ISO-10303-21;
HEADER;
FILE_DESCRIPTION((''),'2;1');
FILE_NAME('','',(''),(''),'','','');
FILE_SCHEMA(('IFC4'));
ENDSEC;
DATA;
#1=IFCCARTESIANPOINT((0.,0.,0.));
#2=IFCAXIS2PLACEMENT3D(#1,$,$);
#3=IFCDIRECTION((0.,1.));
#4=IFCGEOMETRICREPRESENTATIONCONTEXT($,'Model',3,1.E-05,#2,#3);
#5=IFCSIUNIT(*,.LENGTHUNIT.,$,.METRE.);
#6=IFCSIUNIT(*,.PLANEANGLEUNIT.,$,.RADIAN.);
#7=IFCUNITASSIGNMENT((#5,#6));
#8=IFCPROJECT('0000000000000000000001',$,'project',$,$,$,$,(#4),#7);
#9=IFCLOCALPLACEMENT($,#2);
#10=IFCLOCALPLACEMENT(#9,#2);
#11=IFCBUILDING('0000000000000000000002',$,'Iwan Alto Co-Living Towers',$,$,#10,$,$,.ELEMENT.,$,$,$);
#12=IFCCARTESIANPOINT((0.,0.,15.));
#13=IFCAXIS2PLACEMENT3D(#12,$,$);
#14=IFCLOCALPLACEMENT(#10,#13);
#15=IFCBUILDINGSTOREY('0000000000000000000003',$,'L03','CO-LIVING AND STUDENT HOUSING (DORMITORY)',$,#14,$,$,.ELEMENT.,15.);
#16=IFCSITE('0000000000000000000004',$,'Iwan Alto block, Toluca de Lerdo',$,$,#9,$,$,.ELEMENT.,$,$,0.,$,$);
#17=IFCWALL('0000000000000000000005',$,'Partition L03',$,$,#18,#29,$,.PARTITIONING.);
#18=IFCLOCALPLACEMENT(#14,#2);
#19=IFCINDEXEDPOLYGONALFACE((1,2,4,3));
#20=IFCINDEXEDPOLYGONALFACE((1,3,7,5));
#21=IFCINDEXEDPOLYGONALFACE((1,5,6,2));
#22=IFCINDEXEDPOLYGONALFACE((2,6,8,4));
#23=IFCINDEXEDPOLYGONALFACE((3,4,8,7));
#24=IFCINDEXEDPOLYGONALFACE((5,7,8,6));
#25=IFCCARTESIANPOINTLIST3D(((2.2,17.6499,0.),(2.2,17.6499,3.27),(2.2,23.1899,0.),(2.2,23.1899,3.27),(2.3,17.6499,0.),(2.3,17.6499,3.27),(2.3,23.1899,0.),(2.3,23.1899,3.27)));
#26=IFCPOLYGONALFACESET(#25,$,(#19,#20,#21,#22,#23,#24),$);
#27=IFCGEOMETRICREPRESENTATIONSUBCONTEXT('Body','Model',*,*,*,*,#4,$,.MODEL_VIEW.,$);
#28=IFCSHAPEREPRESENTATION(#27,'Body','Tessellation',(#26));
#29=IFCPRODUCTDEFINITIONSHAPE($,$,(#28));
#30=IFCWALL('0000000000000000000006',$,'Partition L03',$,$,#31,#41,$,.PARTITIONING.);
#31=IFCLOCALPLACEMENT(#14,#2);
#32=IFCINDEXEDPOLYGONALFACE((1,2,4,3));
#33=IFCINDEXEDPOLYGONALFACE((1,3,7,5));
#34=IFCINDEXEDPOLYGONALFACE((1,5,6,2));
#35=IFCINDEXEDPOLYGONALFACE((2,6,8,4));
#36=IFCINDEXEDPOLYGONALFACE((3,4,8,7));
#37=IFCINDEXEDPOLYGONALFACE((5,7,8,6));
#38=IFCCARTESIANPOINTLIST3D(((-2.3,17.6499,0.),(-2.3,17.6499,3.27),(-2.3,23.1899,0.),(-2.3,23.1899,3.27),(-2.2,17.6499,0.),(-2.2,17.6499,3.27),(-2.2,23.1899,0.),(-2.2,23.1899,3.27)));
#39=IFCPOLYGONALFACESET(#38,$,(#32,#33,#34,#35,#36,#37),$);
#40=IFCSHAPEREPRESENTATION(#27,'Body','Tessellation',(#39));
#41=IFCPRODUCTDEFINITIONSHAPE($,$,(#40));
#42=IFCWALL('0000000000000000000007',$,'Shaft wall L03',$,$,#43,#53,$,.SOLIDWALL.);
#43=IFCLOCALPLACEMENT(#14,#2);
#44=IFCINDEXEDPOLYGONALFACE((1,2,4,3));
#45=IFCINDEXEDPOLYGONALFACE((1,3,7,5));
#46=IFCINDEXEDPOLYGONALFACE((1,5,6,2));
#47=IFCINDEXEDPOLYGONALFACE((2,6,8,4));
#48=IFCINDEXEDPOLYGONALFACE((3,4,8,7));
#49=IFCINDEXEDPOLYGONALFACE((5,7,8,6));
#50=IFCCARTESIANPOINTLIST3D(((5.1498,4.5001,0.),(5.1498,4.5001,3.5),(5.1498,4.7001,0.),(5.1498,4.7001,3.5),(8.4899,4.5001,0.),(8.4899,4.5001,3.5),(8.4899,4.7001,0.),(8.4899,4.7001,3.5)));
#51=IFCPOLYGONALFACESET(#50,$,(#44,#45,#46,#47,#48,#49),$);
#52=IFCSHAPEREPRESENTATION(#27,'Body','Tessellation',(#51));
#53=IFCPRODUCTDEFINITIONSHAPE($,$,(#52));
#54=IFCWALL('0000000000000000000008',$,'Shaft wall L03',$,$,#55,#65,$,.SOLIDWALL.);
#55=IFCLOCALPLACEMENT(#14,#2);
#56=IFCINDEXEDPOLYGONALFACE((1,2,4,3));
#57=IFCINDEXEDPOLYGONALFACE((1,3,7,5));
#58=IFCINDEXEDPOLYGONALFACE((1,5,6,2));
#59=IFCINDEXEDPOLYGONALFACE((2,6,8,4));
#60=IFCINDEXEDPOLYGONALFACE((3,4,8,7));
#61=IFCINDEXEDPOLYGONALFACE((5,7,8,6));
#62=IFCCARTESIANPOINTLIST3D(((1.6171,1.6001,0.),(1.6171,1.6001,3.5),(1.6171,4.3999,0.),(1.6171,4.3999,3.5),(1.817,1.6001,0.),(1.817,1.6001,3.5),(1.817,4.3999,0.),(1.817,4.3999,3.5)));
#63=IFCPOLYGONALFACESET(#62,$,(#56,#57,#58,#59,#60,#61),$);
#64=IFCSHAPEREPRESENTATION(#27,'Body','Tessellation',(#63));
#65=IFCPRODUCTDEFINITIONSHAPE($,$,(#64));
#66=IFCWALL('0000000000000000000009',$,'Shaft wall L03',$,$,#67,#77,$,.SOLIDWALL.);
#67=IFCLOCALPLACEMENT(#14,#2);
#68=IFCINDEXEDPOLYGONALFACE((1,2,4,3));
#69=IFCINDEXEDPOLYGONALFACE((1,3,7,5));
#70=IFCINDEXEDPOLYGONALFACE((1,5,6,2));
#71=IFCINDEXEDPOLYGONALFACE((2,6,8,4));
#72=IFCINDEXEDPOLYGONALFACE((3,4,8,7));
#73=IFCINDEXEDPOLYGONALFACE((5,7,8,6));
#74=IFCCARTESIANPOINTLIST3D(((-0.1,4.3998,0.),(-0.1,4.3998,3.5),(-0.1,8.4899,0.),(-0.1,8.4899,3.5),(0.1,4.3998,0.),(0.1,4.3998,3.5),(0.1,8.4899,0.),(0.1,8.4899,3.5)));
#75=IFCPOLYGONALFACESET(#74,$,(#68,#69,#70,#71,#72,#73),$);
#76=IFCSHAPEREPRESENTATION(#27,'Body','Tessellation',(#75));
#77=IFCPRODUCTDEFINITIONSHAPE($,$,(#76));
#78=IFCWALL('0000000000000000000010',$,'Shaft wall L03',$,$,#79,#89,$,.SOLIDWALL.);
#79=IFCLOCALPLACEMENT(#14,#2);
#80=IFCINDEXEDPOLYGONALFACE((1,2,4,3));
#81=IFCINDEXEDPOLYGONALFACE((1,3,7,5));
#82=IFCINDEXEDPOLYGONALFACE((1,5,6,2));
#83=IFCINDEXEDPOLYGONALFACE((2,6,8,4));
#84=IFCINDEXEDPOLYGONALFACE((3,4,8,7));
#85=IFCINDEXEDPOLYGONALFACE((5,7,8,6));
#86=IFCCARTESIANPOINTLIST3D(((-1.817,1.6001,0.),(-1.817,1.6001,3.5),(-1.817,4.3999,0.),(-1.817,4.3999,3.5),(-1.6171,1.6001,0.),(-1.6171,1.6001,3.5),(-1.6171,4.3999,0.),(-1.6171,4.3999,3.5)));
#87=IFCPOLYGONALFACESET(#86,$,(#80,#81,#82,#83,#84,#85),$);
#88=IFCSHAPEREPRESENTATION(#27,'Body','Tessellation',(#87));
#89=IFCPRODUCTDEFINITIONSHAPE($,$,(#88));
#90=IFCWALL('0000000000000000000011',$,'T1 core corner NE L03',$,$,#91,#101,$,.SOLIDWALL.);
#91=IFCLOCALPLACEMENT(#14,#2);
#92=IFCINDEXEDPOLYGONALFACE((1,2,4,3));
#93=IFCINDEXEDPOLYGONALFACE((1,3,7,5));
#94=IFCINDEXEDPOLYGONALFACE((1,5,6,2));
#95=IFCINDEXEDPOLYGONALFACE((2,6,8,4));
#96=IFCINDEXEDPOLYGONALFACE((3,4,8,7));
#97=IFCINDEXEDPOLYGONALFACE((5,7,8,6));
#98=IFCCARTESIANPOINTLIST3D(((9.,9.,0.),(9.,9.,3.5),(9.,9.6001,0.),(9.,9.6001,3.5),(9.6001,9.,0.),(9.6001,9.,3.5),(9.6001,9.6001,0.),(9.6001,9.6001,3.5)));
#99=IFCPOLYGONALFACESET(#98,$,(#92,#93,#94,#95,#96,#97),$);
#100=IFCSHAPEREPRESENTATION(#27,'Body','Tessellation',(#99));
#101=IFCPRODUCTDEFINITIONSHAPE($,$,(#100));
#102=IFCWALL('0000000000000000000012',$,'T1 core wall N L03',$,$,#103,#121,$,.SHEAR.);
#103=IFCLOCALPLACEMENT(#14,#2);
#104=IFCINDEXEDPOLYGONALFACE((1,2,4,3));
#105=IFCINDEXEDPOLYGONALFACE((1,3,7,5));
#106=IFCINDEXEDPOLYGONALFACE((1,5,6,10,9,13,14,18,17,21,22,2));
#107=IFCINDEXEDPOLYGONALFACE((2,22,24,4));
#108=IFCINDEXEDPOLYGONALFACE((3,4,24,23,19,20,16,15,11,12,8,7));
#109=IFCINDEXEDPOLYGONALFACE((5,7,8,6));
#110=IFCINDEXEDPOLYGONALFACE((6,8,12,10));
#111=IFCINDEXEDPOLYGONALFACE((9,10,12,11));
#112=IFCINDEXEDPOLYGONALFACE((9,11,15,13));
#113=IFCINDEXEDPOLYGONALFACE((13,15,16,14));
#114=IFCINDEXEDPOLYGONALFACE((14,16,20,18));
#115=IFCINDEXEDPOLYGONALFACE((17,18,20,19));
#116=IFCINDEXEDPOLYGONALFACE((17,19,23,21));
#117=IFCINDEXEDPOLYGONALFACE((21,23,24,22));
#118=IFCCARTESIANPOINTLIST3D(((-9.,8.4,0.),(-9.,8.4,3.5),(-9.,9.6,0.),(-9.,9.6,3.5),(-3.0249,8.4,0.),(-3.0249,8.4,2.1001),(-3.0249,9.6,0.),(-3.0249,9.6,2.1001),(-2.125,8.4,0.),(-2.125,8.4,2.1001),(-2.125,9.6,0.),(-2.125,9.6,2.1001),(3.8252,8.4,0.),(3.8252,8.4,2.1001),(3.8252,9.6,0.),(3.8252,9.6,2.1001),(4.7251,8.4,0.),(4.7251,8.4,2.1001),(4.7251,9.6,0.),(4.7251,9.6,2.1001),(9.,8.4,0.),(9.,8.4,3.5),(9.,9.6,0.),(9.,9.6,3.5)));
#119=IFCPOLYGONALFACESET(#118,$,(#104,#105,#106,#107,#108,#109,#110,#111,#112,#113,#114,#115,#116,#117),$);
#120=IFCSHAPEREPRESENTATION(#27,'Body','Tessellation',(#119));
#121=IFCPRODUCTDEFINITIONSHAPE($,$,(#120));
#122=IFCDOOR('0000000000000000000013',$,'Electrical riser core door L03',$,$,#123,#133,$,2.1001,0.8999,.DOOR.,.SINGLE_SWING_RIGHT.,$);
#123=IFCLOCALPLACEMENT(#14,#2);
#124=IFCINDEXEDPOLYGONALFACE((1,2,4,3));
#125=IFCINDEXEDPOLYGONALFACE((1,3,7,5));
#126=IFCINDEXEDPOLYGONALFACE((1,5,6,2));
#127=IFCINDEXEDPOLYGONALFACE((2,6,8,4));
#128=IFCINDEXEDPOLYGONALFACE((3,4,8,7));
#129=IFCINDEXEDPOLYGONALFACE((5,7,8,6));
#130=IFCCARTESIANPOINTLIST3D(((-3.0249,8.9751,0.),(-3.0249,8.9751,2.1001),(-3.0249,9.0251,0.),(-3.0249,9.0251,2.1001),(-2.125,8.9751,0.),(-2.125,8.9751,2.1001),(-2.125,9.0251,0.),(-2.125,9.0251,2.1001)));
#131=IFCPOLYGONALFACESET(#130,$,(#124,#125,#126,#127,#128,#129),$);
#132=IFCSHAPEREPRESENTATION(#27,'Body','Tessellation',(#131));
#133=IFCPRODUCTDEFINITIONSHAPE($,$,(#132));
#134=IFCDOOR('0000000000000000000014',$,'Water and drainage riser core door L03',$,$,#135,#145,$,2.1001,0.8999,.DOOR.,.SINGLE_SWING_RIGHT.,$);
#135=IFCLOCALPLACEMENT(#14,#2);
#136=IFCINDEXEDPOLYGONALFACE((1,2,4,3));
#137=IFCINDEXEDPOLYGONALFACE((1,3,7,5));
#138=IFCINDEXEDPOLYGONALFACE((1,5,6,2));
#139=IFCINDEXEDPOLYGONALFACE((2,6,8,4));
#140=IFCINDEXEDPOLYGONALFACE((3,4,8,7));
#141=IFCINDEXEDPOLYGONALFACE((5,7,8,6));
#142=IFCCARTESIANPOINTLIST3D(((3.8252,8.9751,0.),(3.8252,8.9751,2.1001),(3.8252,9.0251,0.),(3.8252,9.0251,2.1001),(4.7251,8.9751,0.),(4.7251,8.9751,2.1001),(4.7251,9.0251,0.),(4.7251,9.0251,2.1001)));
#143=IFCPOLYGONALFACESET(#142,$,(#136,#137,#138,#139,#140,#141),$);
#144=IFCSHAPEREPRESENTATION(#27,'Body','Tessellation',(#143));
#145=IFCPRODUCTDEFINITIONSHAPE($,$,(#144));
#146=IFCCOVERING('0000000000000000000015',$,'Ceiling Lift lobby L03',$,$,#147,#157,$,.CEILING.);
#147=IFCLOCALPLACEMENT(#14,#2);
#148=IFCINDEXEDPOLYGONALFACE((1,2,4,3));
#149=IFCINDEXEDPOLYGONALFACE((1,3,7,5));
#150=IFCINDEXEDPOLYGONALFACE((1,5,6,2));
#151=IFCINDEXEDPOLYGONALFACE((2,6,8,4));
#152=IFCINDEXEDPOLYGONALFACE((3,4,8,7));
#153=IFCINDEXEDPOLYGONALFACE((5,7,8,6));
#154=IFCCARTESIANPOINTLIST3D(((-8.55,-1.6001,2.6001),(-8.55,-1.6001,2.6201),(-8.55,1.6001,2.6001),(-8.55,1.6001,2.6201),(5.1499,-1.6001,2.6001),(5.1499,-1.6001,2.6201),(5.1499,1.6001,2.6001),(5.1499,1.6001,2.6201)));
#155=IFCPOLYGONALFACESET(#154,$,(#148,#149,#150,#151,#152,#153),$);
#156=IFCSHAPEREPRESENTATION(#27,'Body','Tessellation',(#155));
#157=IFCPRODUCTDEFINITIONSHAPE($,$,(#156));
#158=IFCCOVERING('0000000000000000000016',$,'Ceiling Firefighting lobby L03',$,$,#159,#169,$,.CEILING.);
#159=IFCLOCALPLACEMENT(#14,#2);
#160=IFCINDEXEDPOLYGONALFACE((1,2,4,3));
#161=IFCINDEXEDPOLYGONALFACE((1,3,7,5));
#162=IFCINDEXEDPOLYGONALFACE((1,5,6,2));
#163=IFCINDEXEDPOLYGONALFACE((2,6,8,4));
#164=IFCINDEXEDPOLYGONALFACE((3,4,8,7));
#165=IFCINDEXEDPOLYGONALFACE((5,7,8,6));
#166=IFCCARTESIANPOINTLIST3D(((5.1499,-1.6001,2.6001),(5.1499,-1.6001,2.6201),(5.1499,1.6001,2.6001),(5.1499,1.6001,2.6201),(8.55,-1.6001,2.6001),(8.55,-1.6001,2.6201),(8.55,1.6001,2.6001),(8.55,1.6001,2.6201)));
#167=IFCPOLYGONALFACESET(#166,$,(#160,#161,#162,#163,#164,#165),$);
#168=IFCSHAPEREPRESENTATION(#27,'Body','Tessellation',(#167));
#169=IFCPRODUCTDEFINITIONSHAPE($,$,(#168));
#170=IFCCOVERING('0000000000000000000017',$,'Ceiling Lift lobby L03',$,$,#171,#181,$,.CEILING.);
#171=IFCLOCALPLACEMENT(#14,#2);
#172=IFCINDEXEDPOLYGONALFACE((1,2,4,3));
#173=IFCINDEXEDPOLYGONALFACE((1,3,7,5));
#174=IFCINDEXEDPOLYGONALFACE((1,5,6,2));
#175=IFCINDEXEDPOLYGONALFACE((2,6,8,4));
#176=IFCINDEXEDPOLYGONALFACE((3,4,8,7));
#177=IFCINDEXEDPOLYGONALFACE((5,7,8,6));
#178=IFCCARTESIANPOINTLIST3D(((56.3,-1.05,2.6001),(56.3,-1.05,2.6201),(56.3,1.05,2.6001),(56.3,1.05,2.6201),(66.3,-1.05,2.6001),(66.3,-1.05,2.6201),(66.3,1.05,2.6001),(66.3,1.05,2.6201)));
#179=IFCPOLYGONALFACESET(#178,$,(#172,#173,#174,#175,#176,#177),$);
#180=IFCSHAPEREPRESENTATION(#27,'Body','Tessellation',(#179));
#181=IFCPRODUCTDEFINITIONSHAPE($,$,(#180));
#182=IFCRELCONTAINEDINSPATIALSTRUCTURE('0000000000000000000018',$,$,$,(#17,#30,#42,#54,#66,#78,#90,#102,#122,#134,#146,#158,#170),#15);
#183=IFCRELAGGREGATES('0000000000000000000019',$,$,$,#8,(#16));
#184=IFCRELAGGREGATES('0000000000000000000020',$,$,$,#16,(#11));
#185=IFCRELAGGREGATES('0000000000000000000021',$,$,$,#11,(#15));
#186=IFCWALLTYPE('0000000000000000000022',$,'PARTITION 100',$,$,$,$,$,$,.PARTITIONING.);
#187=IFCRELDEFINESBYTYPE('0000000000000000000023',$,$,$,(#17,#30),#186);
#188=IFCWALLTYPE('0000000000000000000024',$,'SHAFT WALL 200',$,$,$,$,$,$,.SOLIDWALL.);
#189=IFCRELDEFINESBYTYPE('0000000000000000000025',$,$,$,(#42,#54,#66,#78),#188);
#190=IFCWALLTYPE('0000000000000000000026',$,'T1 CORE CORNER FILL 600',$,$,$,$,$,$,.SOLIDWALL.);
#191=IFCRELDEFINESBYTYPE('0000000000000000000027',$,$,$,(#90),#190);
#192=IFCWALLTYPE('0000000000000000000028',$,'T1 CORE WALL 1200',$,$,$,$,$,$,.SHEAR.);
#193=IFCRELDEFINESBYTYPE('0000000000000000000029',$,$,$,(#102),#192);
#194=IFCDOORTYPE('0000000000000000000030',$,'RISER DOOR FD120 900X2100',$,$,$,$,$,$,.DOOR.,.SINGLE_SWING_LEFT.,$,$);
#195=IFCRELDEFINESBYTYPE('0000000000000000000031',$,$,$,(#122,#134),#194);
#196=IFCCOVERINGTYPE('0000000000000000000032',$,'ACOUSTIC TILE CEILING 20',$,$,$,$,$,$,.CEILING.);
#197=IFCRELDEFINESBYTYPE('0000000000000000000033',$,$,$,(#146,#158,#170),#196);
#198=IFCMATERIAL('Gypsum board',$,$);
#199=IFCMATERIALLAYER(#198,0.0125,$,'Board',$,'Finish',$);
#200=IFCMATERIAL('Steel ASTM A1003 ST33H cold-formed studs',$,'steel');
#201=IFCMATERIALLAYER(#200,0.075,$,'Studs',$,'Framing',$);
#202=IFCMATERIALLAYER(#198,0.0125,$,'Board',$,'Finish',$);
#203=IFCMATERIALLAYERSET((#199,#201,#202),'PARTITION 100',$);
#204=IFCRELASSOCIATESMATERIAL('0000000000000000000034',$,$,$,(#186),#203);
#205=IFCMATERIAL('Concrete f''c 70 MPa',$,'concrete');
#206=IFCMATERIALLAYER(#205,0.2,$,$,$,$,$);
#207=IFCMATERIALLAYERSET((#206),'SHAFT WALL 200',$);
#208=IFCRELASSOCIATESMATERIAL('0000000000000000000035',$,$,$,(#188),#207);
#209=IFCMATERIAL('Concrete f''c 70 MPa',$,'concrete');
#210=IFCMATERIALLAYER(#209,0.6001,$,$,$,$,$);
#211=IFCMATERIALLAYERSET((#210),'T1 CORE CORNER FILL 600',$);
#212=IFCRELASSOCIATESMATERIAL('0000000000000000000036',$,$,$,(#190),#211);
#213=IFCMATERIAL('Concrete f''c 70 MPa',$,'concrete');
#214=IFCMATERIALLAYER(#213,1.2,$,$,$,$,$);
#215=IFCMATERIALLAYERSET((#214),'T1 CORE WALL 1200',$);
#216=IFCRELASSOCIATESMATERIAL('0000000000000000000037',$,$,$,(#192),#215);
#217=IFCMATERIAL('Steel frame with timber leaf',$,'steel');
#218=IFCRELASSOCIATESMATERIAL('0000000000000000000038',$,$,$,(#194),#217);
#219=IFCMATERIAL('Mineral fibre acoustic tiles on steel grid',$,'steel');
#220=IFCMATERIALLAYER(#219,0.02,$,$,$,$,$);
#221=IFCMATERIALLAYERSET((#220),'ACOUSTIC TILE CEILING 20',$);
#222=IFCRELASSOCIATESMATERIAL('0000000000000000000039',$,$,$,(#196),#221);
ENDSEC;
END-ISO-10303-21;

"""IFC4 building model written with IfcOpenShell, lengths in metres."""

from ifc_helpers import new_model, si_unit, direction, frame, frame_2d, origin, place, context, subcontext, project, spatial, polyline, rectangle, outline, extrude, material, layer, layer_set, type_object, element, fill, save


model = new_model("IFC4")

# Units and contexts
model_context = context("Model", 3, precision=1e-05, world=origin(), true_north=direction((0.0, 1.0)))
body_context = subcontext(model_context, "Body", "Model", "MODEL_VIEW")
ifc_project = project(units=[si_unit("LENGTHUNIT", "METRE"), si_unit("PLANEANGLEUNIT", "RADIAN")], contexts=[model_context])

# Site, building, storey
site_placement = place(None, origin())
site = spatial("IfcSite", under=ifc_project, at=site_placement, Name="Iwan Alto block, Toluca de Lerdo", CompositionType="ELEMENT", RefElevation=0.0)
building_placement = place(site_placement, origin())
building = spatial("IfcBuilding", under=site, at=building_placement, Name="Iwan Alto Co-Living Towers", CompositionType="ELEMENT")
storey_placement = place(building_placement, frame((0.0, 0.0, 15.0)))
storey = spatial("IfcBuildingStorey", under=building, at=storey_placement, Name="L03", Description="CO-LIVING AND STUDENT HOUSING (DORMITORY)", CompositionType="ELEMENT", Elevation=15.0)

# Walls
ifc_material_1 = material(Name="Gypsum board")
ifc_layer_1 = layer(ifc_material_1, 0.0125, Name="Board", Category="Finish")
ifc_material_2 = material(Name="Steel ASTM A1003 ST33H cold-formed studs", Category="steel")
ifc_layer_2 = layer(ifc_material_2, 0.075, Name="Studs", Category="Framing")
ifc_layer_3 = layer(ifc_material_1, 0.0125, Name="Board", Category="Finish")
ifc_layer_set_1 = layer_set([ifc_layer_1, ifc_layer_2, ifc_layer_3], Name="PARTITION 100")
wall_type_1 = type_object("IfcWallType", Name="PARTITION 100", PredefinedType="PARTITIONING", material=ifc_layer_set_1)
for number, where, z_axis, x_axis, name in (
    (1, (2.25, 17.6499, 0.0), (0.0, 0.0, 1.0), (0.0, 1.0, 0.0), "Partition L03"),
    (2, (-2.25, 17.6499, 0.0), (0.0, 0.0, 1.0), (0.0, 1.0, 0.0), "Partition L03"),
):
    element("IfcWall", number, at=place(storey_placement, frame(where, z_axis=z_axis, x_axis=x_axis)), inside=storey, type_object=wall_type_1, Name=name, PredefinedType="PARTITIONING", context=body_context, shape_type="SweptSolid", body=[
        extrude(rectangle(XDim=5.54, YDim=0.1001, at=frame_2d((2.77, 0.0))), origin(), (0.0, 0.0, 1.0), 3.27),
    ])
ifc_material_3 = material(Name="Concrete f'c 70 MPa", Category="concrete")
ifc_layer_4 = layer(ifc_material_3, 0.2)
ifc_layer_set_2 = layer_set([ifc_layer_4], Name="SHAFT WALL 200")
wall_type_2 = type_object("IfcWallType", Name="SHAFT WALL 200", PredefinedType="SOLIDWALL", material=ifc_layer_set_2)
wall_1_placement = place(storey_placement, frame((5.1499, 4.6001, 0.0), z_axis=(0.0, 0.0, 1.0), x_axis=(1.0, 0.0, 0.0)))
element("IfcWall", 3, at=wall_1_placement, inside=storey, type_object=wall_type_2, Name="Shaft wall L03", PredefinedType="SOLIDWALL", context=body_context, shape_type="SweptSolid", body=[
    extrude(rectangle(XDim=3.3401, YDim=0.2, at=frame_2d((1.6699, 0.0))), origin(), (0.0, 0.0, 1.0), 3.5),
])
wall_2_placement = place(storey_placement, frame((1.717, 1.6001, 0.0), z_axis=(0.0, 0.0, 1.0), x_axis=(0.0, 1.0, 0.0)))
element("IfcWall", 4, at=wall_2_placement, inside=storey, type_object=wall_type_2, Name="Shaft wall L03", PredefinedType="SOLIDWALL", context=body_context, shape_type="SweptSolid", body=[
    extrude(rectangle(XDim=2.7998, YDim=0.2, at=frame_2d((1.3999, 0.0))), origin(), (0.0, 0.0, 1.0), 3.5),
])
wall_3_placement = place(storey_placement, frame((0.0, 4.3999, 0.0), z_axis=(0.0, 0.0, 1.0), x_axis=(0.0, 1.0, 0.0)))
element("IfcWall", 5, at=wall_3_placement, inside=storey, type_object=wall_type_2, Name="Shaft wall L03", PredefinedType="SOLIDWALL", context=body_context, shape_type="SweptSolid", body=[
    extrude(rectangle(XDim=4.0901, YDim=0.2, at=frame_2d((2.0449, 0.0))), origin(), (0.0, 0.0, 1.0), 3.5),
])
wall_4_placement = place(storey_placement, frame((-1.717, 1.6001, 0.0), z_axis=(0.0, 0.0, 1.0), x_axis=(0.0, 1.0, 0.0)))
element("IfcWall", 6, at=wall_4_placement, inside=storey, type_object=wall_type_2, Name="Shaft wall L03", PredefinedType="SOLIDWALL", context=body_context, shape_type="SweptSolid", body=[
    extrude(rectangle(XDim=2.7998, YDim=0.2, at=frame_2d((1.3999, 0.0))), origin(), (0.0, 0.0, 1.0), 3.5),
])
ifc_material_4 = material(Name="Concrete f'c 70 MPa", Category="concrete")
ifc_layer_5 = layer(ifc_material_4, 0.6001)
ifc_layer_set_3 = layer_set([ifc_layer_5], Name="T1 CORE CORNER FILL 600")
wall_type_3 = type_object("IfcWallType", Name="T1 CORE CORNER FILL 600", PredefinedType="SOLIDWALL", material=ifc_layer_set_3)
wall_5_placement = place(storey_placement, frame((9.0, 9.3, 0.0), z_axis=(0.0, 0.0, 1.0), x_axis=(1.0, 0.0, 0.0)))
element("IfcWall", 7, at=wall_5_placement, inside=storey, type_object=wall_type_3, Name="T1 core corner NE L03", PredefinedType="SOLIDWALL", context=body_context, shape_type="SweptSolid", body=[
    extrude(rectangle(XDim=0.6001, YDim=0.6001, at=frame_2d((0.3, 0.0))), origin(), (0.0, 0.0, 1.0), 3.5),
])

# Wall, openings, doors
ifc_material_5 = material(Name="Concrete f'c 70 MPa", Category="concrete")
ifc_layer_6 = layer(ifc_material_5, 1.2)
ifc_layer_set_4 = layer_set([ifc_layer_6], Name="T1 CORE WALL 1200")
wall_type_4 = type_object("IfcWallType", Name="T1 CORE WALL 1200", PredefinedType="SHEAR", material=ifc_layer_set_4)
wall_6_placement = place(storey_placement, frame((9.0, 9.0, 0.0), z_axis=(0.0, 0.0, 1.0), x_axis=(-1.0, 0.0, 0.0)))
wall_6 = element("IfcWall", 8, at=wall_6_placement, inside=storey, type_object=wall_type_4, Name="T1 core wall N L03", PredefinedType="SHEAR", context=body_context, shape_type="SweptSolid", body=[
    extrude(rectangle(XDim=18.0, YDim=1.2, at=frame_2d((9.0, 0.0))), origin(), (0.0, 0.0, 1.0), 3.5),
])
opening_1_placement = place(wall_6_placement, frame((11.125, 0.0, 0.0)))
opening_1 = element("IfcOpeningElement", 9, at=opening_1_placement, cuts=wall_6, PredefinedType="OPENING", context=body_context, shape_type="SweptSolid", body=[
    extrude(rectangle(XDim=0.8999, YDim=2.1001, at=frame_2d((0.45, 1.05))), frame((0.0, 0.6099, 0.0), z_axis=(0.0, -1.0, 0.0), x_axis=(1.0, 0.0, 0.0)), (0.0, 0.0, 1.0), 1.22),
])
opening_2_placement = place(wall_6_placement, frame((4.2749, 0.0, 0.0)))
opening_2 = element("IfcOpeningElement", 10, at=opening_2_placement, cuts=wall_6, PredefinedType="OPENING", context=body_context, shape_type="SweptSolid", body=[
    extrude(rectangle(XDim=0.8999, YDim=2.1001, at=frame_2d((0.45, 1.05))), frame((0.0, 0.6099, 0.0), z_axis=(0.0, -1.0, 0.0), x_axis=(1.0, 0.0, 0.0)), (0.0, 0.0, 1.0), 1.22),
])
ifc_material_6 = material(Name="Steel frame with timber leaf", Category="steel")
door_type = type_object("IfcDoorType", Name="RISER DOOR FD120 900X2100", OperationType="SINGLE_SWING_LEFT", PredefinedType="DOOR", material=ifc_material_6)
door_1_placement = place(opening_1_placement, origin())
door_1 = element("IfcDoor", 11, at=door_1_placement, inside=storey, type_object=door_type, Name="Electrical riser core door L03", OperationType="SINGLE_SWING_RIGHT", OverallHeight=2.1001, OverallWidth=0.8999, PredefinedType="DOOR", context=body_context, shape_type="SweptSolid", body=[
    extrude(rectangle(XDim=0.8999, YDim=2.1001, at=frame_2d((0.45, 1.05))), frame((0.0, 0.0249, 0.0), z_axis=(0.0, -1.0, 0.0), x_axis=(1.0, 0.0, 0.0)), (0.0, 0.0, 1.0), 0.05),
])
fill(opening_1, door_1)
door_2_placement = place(opening_2_placement, origin())
door_2 = element("IfcDoor", 12, at=door_2_placement, inside=storey, type_object=door_type, Name="Water and drainage riser core door L03", OperationType="SINGLE_SWING_RIGHT", OverallHeight=2.1001, OverallWidth=0.8999, PredefinedType="DOOR", context=body_context, shape_type="SweptSolid", body=[
    extrude(rectangle(XDim=0.8999, YDim=2.1001, at=frame_2d((0.45, 1.05))), frame((0.0, 0.0249, 0.0), z_axis=(0.0, -1.0, 0.0), x_axis=(1.0, 0.0, 0.0)), (0.0, 0.0, 1.0), 0.05),
])
fill(opening_2, door_2)

# Coverings
ifc_material_7 = material(Name="Mineral fibre acoustic tiles on steel grid", Category="steel")
ifc_layer_7 = layer(ifc_material_7, 0.02)
ifc_layer_set_5 = layer_set([ifc_layer_7], Name="ACOUSTIC TILE CEILING 20")
covering_type_1 = type_object("IfcCoveringType", Name="ACOUSTIC TILE CEILING 20", PredefinedType="CEILING", material=ifc_layer_set_5)
covering_1_placement = place(storey_placement, frame((0.0, 0.0, 2.6001)))
element("IfcCovering", 13, at=covering_1_placement, inside=storey, type_object=covering_type_1, Name="Ceiling Lift lobby L03", PredefinedType="CEILING", context=body_context, shape_type="SweptSolid", body=[
    extrude(outline(polyline([(-8.55, -1.6001), (-8.55, 1.6001), (5.1499, 1.6001), (5.1499, -1.6001), (-8.55, -1.6001)])), origin(), (0.0, 0.0, 1.0), 0.02),
])
covering_2_placement = place(storey_placement, frame((0.0, 0.0, 2.6001)))
element("IfcCovering", 14, at=covering_2_placement, inside=storey, type_object=covering_type_1, Name="Ceiling Firefighting lobby L03", PredefinedType="CEILING", context=body_context, shape_type="SweptSolid", body=[
    extrude(outline(polyline([(5.1499, -1.6001), (5.1499, 1.6001), (8.55, 1.6001), (8.55, -1.6001), (5.1499, -1.6001)])), origin(), (0.0, 0.0, 1.0), 0.02),
])
covering_3_placement = place(storey_placement, frame((0.0, 0.0, 2.6001)))
element("IfcCovering", 15, at=covering_3_placement, inside=storey, type_object=covering_type_1, Name="Ceiling Lift lobby L03", PredefinedType="CEILING", context=body_context, shape_type="SweptSolid", body=[
    extrude(outline(polyline([(56.3, -1.05), (56.3, 1.05), (66.3, 1.05), (66.3, -1.05), (56.3, -1.05)])), origin(), (0.0, 0.0, 1.0), 0.02),
])

save(model, "model.ifc")
